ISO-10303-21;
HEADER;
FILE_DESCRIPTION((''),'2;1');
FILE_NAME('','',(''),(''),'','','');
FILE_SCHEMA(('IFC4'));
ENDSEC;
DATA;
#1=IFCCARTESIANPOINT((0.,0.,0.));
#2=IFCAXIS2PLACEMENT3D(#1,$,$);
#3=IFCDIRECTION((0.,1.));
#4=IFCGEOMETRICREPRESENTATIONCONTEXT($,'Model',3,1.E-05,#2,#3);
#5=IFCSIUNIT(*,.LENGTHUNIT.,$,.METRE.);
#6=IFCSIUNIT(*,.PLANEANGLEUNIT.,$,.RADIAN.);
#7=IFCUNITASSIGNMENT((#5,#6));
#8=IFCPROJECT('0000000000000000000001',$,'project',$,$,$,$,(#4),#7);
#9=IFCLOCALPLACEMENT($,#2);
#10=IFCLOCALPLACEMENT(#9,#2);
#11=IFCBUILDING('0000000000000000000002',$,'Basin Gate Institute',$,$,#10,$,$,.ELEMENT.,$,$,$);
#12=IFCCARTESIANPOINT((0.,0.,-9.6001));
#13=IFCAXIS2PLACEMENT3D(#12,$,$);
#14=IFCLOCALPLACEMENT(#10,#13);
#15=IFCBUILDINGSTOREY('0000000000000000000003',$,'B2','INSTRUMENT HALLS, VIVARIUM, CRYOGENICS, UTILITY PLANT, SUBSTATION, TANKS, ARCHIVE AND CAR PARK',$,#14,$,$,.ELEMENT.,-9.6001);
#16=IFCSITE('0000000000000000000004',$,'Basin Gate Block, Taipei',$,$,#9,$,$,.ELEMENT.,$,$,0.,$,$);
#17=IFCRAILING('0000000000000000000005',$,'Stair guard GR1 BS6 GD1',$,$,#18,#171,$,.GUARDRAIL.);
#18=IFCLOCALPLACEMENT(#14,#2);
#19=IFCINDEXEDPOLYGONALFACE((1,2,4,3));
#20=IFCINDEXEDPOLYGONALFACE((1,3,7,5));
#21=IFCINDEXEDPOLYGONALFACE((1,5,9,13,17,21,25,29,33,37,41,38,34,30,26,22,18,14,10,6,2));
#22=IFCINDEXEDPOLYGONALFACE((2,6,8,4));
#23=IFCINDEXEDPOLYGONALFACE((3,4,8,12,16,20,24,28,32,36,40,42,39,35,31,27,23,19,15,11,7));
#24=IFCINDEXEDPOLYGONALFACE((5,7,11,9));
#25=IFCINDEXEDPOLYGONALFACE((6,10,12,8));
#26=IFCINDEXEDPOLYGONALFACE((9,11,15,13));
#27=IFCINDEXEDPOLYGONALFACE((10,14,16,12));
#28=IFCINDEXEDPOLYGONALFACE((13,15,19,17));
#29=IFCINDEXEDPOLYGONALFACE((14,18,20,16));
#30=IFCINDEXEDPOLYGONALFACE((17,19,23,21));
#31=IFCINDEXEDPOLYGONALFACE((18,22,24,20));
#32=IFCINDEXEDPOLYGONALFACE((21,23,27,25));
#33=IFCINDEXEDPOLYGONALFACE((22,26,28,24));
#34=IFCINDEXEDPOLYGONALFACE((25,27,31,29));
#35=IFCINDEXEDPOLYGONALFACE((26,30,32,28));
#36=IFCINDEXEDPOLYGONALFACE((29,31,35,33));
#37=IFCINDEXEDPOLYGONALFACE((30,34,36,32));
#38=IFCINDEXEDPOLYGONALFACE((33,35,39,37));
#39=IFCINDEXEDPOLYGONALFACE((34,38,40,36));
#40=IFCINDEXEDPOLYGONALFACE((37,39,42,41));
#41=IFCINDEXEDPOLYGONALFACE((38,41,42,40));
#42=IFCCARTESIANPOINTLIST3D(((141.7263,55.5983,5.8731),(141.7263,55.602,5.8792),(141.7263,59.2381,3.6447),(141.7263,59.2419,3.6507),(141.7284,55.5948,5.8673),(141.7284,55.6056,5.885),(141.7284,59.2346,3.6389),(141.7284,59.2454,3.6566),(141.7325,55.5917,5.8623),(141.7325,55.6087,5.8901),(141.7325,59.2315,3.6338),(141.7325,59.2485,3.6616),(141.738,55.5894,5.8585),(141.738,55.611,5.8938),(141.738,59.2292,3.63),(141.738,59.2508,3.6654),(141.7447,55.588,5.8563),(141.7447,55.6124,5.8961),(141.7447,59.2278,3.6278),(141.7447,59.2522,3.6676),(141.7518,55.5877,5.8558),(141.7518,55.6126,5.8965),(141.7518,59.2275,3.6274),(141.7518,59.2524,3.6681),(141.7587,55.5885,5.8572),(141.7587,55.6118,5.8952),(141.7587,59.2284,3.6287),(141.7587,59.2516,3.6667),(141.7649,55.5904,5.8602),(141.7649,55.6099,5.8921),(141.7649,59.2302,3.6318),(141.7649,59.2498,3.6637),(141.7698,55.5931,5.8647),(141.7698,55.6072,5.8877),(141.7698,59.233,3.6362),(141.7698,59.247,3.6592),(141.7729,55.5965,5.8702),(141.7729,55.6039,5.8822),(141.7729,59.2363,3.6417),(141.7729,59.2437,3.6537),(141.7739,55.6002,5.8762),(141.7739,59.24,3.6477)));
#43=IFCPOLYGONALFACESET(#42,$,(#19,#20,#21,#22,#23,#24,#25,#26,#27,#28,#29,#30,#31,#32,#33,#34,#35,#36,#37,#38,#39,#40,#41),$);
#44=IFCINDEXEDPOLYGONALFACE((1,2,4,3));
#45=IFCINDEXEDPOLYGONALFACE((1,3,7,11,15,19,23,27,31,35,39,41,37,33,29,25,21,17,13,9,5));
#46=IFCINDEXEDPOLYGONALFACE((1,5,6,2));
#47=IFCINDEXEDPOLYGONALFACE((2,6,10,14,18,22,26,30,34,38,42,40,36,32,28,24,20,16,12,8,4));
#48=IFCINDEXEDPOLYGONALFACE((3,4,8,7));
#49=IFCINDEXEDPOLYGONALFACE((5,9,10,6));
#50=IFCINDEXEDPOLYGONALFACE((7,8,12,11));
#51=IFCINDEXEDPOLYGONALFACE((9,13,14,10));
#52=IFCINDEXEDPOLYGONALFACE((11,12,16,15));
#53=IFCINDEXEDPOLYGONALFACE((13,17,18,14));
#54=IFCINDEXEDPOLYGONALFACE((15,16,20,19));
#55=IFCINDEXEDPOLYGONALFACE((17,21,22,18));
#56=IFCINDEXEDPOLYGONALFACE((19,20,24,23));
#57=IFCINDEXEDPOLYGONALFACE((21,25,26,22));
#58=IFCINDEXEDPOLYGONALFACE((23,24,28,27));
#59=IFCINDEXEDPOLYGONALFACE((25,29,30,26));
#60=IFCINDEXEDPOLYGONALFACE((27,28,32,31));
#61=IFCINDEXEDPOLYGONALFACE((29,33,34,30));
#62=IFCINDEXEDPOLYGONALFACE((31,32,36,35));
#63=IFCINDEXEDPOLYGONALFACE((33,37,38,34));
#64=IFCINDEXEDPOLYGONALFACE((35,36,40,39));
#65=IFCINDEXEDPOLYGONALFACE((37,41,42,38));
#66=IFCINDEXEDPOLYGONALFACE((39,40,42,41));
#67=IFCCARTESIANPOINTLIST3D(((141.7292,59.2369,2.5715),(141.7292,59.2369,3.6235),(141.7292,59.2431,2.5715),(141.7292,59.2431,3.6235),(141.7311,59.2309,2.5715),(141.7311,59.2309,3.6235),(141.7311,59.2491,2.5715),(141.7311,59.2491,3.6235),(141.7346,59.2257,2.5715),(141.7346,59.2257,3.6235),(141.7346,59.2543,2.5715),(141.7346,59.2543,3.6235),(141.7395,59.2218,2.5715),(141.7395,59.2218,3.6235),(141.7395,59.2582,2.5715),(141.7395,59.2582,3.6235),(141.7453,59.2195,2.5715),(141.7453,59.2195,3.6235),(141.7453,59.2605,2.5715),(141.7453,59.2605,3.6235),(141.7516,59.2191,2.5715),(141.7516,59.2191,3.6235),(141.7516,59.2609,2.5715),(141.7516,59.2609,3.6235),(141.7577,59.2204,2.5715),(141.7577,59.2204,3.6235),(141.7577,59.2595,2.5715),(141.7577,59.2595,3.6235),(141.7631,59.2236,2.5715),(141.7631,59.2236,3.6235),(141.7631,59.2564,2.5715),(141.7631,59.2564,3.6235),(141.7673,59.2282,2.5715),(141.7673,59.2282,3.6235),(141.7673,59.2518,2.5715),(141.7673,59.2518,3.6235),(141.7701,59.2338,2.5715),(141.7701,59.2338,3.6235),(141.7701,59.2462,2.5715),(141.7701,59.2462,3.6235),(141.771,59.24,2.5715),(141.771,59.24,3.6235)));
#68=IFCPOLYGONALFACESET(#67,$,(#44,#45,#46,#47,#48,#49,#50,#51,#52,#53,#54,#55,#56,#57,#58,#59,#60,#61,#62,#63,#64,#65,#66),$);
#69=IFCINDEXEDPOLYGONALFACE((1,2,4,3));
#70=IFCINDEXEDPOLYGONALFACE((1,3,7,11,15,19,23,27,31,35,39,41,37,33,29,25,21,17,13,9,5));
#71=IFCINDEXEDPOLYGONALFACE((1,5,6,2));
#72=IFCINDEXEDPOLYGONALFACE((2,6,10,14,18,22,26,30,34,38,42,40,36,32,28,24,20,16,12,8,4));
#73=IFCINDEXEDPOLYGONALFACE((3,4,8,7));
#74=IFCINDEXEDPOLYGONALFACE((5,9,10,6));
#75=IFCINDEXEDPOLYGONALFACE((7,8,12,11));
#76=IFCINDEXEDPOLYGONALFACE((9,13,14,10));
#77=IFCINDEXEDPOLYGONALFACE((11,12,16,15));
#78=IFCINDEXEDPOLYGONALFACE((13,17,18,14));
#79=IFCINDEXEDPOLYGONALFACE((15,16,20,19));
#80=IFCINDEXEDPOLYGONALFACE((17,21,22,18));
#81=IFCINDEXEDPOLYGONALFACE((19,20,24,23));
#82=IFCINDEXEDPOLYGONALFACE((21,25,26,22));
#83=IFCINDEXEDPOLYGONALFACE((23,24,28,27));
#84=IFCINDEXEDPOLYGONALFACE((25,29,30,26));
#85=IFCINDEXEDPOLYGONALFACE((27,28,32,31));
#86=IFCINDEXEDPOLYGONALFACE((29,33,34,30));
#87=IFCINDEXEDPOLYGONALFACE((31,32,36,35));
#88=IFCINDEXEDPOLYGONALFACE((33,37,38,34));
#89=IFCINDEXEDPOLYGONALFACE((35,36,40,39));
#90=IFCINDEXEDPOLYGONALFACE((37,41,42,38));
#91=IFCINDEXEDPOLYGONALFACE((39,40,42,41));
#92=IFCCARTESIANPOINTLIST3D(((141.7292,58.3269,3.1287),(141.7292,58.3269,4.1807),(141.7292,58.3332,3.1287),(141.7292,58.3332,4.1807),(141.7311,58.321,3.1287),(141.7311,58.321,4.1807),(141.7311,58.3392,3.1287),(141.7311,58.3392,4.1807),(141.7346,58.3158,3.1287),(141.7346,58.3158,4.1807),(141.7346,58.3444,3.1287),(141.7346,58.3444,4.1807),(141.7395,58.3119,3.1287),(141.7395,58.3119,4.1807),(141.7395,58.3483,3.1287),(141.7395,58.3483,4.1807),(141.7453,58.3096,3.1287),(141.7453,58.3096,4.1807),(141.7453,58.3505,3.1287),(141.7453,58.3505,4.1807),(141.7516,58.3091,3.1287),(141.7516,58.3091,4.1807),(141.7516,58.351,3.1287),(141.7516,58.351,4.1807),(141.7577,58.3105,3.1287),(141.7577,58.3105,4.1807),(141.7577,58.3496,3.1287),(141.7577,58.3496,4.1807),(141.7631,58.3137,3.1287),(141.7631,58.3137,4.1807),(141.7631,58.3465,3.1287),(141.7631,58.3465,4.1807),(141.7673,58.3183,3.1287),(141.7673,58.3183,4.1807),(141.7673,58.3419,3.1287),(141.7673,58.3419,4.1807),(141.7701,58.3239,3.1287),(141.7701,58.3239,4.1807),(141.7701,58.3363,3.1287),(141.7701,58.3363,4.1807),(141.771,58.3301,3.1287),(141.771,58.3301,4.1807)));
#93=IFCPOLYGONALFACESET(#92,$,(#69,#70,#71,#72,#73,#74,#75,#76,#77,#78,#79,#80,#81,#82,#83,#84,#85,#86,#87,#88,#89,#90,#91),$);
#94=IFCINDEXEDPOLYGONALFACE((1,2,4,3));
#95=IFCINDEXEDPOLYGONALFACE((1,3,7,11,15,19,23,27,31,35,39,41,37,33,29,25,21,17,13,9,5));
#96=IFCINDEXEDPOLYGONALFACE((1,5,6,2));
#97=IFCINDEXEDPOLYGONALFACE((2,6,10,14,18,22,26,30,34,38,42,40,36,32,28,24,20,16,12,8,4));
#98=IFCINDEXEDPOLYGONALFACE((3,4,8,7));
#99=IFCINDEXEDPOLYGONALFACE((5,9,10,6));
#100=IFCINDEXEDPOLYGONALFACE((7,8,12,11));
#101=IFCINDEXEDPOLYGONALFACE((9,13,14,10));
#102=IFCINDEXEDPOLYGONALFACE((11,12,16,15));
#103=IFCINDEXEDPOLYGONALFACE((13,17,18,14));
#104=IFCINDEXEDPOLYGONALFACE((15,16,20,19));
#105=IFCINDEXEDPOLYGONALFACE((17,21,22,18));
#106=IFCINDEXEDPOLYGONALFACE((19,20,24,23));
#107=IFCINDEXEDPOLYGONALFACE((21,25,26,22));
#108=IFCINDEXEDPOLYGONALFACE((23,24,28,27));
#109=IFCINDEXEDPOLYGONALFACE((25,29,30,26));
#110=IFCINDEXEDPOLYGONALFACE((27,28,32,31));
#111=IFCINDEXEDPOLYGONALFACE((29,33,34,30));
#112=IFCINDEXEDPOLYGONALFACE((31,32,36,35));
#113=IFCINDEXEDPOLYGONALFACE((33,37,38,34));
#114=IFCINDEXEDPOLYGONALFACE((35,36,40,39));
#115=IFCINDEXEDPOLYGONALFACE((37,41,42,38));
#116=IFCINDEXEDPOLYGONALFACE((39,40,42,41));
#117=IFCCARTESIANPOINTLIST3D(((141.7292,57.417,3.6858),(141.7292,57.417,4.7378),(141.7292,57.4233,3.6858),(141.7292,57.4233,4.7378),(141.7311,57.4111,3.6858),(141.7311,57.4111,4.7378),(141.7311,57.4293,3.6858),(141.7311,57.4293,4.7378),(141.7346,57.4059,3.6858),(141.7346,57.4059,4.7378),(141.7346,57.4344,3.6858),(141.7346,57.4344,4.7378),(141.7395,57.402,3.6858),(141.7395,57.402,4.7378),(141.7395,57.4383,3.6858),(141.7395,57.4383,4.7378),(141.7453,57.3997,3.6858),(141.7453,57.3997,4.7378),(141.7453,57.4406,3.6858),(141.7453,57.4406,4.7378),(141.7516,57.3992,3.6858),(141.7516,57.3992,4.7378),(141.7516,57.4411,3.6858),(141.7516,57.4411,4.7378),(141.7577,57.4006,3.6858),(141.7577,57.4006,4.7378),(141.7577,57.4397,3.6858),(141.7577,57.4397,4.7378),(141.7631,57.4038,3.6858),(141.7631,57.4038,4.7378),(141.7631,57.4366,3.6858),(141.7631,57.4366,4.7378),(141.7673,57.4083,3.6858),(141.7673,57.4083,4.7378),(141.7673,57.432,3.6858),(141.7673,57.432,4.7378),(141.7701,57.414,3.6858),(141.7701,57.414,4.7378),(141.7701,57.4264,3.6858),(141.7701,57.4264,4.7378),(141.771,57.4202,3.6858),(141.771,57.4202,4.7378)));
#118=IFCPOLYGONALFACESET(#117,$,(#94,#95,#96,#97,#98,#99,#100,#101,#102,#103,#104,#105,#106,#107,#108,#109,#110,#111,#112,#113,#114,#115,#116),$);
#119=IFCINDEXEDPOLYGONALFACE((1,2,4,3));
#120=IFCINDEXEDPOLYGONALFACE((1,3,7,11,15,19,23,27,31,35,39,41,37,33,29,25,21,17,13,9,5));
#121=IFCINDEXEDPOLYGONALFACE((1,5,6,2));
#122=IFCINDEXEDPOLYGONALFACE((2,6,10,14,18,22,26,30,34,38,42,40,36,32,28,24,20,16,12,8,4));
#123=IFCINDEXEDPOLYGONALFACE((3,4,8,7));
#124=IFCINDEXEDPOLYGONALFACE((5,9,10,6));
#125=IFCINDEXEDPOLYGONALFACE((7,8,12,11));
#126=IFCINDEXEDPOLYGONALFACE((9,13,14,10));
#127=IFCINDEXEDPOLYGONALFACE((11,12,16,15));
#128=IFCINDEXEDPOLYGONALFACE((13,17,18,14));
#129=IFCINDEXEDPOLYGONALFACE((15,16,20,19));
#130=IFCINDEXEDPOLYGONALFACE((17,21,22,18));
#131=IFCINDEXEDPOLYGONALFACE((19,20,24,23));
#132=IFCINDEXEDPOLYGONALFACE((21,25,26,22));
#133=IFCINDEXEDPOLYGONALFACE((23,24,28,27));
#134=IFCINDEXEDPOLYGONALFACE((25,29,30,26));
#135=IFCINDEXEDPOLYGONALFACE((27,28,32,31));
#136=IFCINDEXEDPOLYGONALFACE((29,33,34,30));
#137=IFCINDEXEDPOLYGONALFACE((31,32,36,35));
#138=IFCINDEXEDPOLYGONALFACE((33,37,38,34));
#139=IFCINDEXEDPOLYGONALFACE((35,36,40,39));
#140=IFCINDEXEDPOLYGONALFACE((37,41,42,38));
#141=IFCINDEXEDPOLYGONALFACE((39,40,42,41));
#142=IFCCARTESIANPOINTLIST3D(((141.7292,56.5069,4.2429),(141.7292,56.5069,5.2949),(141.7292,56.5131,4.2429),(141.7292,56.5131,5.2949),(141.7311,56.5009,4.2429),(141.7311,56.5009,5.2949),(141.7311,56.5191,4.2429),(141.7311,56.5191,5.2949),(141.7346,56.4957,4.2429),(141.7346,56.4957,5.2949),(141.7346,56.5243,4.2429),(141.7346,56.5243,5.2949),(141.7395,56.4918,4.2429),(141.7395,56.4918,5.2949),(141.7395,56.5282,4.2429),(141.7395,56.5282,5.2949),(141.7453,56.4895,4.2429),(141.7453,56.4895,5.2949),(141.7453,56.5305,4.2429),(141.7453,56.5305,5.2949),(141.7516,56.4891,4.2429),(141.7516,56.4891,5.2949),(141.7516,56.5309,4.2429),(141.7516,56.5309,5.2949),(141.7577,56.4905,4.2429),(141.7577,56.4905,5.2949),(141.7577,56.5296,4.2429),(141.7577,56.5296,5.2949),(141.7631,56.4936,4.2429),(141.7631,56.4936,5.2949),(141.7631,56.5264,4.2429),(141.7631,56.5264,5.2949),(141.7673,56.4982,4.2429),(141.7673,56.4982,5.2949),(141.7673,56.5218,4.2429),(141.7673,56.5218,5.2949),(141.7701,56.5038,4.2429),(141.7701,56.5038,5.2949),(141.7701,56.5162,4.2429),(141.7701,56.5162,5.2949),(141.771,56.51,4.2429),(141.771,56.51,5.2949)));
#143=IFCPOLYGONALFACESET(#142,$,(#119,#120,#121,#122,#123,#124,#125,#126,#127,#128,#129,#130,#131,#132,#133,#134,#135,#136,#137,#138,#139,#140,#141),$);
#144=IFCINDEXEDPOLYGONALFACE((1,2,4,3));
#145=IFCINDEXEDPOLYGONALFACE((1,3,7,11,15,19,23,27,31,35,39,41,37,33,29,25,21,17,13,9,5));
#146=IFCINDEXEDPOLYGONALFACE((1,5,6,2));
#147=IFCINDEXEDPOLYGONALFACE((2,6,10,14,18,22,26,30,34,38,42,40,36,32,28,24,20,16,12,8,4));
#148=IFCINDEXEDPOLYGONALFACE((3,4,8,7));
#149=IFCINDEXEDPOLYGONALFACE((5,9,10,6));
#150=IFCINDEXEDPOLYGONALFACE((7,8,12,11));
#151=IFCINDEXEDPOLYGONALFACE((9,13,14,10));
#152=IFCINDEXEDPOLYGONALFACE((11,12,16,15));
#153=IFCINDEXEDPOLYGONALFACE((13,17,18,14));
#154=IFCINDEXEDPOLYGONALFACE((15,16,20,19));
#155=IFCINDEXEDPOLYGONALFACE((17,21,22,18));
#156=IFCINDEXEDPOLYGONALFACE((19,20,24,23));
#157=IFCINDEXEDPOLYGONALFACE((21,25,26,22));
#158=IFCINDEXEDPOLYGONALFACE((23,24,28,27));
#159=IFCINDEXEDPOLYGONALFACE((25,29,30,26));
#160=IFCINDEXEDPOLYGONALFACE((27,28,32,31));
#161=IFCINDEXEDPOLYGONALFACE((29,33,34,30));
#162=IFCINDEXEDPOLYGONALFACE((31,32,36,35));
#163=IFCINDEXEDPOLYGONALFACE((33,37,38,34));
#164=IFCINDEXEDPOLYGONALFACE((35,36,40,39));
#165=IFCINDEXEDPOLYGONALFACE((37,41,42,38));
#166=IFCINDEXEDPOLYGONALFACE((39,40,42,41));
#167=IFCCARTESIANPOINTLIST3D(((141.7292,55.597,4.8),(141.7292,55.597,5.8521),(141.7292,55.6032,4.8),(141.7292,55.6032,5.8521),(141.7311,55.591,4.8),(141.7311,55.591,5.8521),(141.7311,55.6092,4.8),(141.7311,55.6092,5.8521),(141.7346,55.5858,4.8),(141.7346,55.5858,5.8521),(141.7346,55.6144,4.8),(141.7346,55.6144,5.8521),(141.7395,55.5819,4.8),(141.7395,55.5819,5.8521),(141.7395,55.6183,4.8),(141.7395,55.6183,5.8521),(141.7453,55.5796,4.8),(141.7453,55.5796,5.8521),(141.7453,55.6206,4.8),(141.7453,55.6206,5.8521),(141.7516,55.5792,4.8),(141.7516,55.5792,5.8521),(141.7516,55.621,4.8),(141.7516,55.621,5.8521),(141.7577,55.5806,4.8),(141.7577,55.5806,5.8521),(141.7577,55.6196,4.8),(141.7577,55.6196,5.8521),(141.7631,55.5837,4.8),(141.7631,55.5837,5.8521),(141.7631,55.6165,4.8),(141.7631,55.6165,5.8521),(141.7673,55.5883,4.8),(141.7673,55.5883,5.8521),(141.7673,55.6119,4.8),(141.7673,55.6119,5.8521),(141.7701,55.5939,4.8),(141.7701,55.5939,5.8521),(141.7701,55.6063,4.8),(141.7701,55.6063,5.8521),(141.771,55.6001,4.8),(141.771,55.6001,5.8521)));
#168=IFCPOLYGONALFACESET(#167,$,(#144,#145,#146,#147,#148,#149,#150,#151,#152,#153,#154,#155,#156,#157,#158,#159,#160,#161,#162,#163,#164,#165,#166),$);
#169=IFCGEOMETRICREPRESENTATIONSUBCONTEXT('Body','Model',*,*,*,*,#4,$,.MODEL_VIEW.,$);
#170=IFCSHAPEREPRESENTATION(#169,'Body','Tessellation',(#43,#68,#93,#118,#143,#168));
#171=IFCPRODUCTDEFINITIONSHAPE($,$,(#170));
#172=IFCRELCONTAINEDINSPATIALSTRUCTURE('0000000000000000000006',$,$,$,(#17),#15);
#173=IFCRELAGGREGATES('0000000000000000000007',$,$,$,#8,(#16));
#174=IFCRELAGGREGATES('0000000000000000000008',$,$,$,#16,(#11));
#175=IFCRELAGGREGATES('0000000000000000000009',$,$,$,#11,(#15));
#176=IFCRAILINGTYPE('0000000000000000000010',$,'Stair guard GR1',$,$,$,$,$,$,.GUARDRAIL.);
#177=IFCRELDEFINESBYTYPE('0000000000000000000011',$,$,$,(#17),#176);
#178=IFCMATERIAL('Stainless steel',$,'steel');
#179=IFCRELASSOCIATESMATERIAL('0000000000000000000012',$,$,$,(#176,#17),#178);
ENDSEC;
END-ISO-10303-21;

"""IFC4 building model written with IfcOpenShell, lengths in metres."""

from ifc_helpers import new_model, si_unit, direction, frame, origin, origin_2d, place, context, subcontext, project, spatial, circle, extrude, material, type_object, element, save


model = new_model("IFC4")

# Units and contexts
model_context = context("Model", 3, precision=1e-05, world=origin(), true_north=direction((0.0, 1.0)))
body_context = subcontext(model_context, "Body", "Model", "MODEL_VIEW")
ifc_project = project(units=[si_unit("LENGTHUNIT", "METRE"), si_unit("PLANEANGLEUNIT", "RADIAN")], contexts=[model_context])

# Site, building, storey
site_placement = place(None, origin())
site = spatial("IfcSite", under=ifc_project, at=site_placement, Name="Basin Gate Block, Taipei", CompositionType="ELEMENT", RefElevation=0.0)
building_placement = place(site_placement, origin())
building = spatial("IfcBuilding", under=site, at=building_placement, Name="Basin Gate Institute", CompositionType="ELEMENT")
storey_placement = place(building_placement, frame((0.0, 0.0, -9.6001)))
storey = spatial("IfcBuildingStorey", under=building, at=storey_placement, Name="B2", Description="INSTRUMENT HALLS, VIVARIUM, CRYOGENICS, UTILITY PLANT, SUBSTATION, TANKS, ARCHIVE AND CAR PARK", CompositionType="ELEMENT", Elevation=-9.6001)

# Railing
ifc_material_1 = material(Name="Stainless steel", Category="steel")
railing_type_1 = type_object("IfcRailingType", Name="Stair guard GR1", PredefinedType="GUARDRAIL", material=ifc_material_1)
railing_1_placement = place(storey_placement, frame((141.75, 59.24, 2.5715)))
element("IfcRailing", 1, at=railing_1_placement, inside=storey, type_object=railing_type_1, material=ifc_material_1, Name="Stair guard GR1 BS6 GD1", PredefinedType="GUARDRAIL", context=body_context, shape_type="SweptSolid", body=[
    extrude(circle(Radius=0.0239, at=origin_2d()), frame((0.0, 0.0, 1.0762), z_axis=(0.0, -0.85285, 0.522156), x_axis=(1.0, 0.0, 0.0)), (0.0, 0.0, 1.0), 4.2678),
    extrude(circle(Radius=0.021, at=origin_2d()), origin(), (0.0, 0.0, 1.0), 1.052),
    extrude(circle(Radius=0.021, at=origin_2d()), frame((0.0, -0.9099, 0.5571)), (0.0, 0.0, 1.0), 1.052),
    extrude(circle(Radius=0.021, at=origin_2d()), frame((0.0, -1.8198, 1.1143)), (0.0, 0.0, 1.0), 1.052),
    extrude(circle(Radius=0.021, at=origin_2d()), frame((0.0, -2.73, 1.6714)), (0.0, 0.0, 1.0), 1.052),
    extrude(circle(Radius=0.021, at=origin_2d()), frame((0.0, -3.6399, 2.2285)), (0.0, 0.0, 1.0), 1.052),
])

save(model, "model.ifc")
